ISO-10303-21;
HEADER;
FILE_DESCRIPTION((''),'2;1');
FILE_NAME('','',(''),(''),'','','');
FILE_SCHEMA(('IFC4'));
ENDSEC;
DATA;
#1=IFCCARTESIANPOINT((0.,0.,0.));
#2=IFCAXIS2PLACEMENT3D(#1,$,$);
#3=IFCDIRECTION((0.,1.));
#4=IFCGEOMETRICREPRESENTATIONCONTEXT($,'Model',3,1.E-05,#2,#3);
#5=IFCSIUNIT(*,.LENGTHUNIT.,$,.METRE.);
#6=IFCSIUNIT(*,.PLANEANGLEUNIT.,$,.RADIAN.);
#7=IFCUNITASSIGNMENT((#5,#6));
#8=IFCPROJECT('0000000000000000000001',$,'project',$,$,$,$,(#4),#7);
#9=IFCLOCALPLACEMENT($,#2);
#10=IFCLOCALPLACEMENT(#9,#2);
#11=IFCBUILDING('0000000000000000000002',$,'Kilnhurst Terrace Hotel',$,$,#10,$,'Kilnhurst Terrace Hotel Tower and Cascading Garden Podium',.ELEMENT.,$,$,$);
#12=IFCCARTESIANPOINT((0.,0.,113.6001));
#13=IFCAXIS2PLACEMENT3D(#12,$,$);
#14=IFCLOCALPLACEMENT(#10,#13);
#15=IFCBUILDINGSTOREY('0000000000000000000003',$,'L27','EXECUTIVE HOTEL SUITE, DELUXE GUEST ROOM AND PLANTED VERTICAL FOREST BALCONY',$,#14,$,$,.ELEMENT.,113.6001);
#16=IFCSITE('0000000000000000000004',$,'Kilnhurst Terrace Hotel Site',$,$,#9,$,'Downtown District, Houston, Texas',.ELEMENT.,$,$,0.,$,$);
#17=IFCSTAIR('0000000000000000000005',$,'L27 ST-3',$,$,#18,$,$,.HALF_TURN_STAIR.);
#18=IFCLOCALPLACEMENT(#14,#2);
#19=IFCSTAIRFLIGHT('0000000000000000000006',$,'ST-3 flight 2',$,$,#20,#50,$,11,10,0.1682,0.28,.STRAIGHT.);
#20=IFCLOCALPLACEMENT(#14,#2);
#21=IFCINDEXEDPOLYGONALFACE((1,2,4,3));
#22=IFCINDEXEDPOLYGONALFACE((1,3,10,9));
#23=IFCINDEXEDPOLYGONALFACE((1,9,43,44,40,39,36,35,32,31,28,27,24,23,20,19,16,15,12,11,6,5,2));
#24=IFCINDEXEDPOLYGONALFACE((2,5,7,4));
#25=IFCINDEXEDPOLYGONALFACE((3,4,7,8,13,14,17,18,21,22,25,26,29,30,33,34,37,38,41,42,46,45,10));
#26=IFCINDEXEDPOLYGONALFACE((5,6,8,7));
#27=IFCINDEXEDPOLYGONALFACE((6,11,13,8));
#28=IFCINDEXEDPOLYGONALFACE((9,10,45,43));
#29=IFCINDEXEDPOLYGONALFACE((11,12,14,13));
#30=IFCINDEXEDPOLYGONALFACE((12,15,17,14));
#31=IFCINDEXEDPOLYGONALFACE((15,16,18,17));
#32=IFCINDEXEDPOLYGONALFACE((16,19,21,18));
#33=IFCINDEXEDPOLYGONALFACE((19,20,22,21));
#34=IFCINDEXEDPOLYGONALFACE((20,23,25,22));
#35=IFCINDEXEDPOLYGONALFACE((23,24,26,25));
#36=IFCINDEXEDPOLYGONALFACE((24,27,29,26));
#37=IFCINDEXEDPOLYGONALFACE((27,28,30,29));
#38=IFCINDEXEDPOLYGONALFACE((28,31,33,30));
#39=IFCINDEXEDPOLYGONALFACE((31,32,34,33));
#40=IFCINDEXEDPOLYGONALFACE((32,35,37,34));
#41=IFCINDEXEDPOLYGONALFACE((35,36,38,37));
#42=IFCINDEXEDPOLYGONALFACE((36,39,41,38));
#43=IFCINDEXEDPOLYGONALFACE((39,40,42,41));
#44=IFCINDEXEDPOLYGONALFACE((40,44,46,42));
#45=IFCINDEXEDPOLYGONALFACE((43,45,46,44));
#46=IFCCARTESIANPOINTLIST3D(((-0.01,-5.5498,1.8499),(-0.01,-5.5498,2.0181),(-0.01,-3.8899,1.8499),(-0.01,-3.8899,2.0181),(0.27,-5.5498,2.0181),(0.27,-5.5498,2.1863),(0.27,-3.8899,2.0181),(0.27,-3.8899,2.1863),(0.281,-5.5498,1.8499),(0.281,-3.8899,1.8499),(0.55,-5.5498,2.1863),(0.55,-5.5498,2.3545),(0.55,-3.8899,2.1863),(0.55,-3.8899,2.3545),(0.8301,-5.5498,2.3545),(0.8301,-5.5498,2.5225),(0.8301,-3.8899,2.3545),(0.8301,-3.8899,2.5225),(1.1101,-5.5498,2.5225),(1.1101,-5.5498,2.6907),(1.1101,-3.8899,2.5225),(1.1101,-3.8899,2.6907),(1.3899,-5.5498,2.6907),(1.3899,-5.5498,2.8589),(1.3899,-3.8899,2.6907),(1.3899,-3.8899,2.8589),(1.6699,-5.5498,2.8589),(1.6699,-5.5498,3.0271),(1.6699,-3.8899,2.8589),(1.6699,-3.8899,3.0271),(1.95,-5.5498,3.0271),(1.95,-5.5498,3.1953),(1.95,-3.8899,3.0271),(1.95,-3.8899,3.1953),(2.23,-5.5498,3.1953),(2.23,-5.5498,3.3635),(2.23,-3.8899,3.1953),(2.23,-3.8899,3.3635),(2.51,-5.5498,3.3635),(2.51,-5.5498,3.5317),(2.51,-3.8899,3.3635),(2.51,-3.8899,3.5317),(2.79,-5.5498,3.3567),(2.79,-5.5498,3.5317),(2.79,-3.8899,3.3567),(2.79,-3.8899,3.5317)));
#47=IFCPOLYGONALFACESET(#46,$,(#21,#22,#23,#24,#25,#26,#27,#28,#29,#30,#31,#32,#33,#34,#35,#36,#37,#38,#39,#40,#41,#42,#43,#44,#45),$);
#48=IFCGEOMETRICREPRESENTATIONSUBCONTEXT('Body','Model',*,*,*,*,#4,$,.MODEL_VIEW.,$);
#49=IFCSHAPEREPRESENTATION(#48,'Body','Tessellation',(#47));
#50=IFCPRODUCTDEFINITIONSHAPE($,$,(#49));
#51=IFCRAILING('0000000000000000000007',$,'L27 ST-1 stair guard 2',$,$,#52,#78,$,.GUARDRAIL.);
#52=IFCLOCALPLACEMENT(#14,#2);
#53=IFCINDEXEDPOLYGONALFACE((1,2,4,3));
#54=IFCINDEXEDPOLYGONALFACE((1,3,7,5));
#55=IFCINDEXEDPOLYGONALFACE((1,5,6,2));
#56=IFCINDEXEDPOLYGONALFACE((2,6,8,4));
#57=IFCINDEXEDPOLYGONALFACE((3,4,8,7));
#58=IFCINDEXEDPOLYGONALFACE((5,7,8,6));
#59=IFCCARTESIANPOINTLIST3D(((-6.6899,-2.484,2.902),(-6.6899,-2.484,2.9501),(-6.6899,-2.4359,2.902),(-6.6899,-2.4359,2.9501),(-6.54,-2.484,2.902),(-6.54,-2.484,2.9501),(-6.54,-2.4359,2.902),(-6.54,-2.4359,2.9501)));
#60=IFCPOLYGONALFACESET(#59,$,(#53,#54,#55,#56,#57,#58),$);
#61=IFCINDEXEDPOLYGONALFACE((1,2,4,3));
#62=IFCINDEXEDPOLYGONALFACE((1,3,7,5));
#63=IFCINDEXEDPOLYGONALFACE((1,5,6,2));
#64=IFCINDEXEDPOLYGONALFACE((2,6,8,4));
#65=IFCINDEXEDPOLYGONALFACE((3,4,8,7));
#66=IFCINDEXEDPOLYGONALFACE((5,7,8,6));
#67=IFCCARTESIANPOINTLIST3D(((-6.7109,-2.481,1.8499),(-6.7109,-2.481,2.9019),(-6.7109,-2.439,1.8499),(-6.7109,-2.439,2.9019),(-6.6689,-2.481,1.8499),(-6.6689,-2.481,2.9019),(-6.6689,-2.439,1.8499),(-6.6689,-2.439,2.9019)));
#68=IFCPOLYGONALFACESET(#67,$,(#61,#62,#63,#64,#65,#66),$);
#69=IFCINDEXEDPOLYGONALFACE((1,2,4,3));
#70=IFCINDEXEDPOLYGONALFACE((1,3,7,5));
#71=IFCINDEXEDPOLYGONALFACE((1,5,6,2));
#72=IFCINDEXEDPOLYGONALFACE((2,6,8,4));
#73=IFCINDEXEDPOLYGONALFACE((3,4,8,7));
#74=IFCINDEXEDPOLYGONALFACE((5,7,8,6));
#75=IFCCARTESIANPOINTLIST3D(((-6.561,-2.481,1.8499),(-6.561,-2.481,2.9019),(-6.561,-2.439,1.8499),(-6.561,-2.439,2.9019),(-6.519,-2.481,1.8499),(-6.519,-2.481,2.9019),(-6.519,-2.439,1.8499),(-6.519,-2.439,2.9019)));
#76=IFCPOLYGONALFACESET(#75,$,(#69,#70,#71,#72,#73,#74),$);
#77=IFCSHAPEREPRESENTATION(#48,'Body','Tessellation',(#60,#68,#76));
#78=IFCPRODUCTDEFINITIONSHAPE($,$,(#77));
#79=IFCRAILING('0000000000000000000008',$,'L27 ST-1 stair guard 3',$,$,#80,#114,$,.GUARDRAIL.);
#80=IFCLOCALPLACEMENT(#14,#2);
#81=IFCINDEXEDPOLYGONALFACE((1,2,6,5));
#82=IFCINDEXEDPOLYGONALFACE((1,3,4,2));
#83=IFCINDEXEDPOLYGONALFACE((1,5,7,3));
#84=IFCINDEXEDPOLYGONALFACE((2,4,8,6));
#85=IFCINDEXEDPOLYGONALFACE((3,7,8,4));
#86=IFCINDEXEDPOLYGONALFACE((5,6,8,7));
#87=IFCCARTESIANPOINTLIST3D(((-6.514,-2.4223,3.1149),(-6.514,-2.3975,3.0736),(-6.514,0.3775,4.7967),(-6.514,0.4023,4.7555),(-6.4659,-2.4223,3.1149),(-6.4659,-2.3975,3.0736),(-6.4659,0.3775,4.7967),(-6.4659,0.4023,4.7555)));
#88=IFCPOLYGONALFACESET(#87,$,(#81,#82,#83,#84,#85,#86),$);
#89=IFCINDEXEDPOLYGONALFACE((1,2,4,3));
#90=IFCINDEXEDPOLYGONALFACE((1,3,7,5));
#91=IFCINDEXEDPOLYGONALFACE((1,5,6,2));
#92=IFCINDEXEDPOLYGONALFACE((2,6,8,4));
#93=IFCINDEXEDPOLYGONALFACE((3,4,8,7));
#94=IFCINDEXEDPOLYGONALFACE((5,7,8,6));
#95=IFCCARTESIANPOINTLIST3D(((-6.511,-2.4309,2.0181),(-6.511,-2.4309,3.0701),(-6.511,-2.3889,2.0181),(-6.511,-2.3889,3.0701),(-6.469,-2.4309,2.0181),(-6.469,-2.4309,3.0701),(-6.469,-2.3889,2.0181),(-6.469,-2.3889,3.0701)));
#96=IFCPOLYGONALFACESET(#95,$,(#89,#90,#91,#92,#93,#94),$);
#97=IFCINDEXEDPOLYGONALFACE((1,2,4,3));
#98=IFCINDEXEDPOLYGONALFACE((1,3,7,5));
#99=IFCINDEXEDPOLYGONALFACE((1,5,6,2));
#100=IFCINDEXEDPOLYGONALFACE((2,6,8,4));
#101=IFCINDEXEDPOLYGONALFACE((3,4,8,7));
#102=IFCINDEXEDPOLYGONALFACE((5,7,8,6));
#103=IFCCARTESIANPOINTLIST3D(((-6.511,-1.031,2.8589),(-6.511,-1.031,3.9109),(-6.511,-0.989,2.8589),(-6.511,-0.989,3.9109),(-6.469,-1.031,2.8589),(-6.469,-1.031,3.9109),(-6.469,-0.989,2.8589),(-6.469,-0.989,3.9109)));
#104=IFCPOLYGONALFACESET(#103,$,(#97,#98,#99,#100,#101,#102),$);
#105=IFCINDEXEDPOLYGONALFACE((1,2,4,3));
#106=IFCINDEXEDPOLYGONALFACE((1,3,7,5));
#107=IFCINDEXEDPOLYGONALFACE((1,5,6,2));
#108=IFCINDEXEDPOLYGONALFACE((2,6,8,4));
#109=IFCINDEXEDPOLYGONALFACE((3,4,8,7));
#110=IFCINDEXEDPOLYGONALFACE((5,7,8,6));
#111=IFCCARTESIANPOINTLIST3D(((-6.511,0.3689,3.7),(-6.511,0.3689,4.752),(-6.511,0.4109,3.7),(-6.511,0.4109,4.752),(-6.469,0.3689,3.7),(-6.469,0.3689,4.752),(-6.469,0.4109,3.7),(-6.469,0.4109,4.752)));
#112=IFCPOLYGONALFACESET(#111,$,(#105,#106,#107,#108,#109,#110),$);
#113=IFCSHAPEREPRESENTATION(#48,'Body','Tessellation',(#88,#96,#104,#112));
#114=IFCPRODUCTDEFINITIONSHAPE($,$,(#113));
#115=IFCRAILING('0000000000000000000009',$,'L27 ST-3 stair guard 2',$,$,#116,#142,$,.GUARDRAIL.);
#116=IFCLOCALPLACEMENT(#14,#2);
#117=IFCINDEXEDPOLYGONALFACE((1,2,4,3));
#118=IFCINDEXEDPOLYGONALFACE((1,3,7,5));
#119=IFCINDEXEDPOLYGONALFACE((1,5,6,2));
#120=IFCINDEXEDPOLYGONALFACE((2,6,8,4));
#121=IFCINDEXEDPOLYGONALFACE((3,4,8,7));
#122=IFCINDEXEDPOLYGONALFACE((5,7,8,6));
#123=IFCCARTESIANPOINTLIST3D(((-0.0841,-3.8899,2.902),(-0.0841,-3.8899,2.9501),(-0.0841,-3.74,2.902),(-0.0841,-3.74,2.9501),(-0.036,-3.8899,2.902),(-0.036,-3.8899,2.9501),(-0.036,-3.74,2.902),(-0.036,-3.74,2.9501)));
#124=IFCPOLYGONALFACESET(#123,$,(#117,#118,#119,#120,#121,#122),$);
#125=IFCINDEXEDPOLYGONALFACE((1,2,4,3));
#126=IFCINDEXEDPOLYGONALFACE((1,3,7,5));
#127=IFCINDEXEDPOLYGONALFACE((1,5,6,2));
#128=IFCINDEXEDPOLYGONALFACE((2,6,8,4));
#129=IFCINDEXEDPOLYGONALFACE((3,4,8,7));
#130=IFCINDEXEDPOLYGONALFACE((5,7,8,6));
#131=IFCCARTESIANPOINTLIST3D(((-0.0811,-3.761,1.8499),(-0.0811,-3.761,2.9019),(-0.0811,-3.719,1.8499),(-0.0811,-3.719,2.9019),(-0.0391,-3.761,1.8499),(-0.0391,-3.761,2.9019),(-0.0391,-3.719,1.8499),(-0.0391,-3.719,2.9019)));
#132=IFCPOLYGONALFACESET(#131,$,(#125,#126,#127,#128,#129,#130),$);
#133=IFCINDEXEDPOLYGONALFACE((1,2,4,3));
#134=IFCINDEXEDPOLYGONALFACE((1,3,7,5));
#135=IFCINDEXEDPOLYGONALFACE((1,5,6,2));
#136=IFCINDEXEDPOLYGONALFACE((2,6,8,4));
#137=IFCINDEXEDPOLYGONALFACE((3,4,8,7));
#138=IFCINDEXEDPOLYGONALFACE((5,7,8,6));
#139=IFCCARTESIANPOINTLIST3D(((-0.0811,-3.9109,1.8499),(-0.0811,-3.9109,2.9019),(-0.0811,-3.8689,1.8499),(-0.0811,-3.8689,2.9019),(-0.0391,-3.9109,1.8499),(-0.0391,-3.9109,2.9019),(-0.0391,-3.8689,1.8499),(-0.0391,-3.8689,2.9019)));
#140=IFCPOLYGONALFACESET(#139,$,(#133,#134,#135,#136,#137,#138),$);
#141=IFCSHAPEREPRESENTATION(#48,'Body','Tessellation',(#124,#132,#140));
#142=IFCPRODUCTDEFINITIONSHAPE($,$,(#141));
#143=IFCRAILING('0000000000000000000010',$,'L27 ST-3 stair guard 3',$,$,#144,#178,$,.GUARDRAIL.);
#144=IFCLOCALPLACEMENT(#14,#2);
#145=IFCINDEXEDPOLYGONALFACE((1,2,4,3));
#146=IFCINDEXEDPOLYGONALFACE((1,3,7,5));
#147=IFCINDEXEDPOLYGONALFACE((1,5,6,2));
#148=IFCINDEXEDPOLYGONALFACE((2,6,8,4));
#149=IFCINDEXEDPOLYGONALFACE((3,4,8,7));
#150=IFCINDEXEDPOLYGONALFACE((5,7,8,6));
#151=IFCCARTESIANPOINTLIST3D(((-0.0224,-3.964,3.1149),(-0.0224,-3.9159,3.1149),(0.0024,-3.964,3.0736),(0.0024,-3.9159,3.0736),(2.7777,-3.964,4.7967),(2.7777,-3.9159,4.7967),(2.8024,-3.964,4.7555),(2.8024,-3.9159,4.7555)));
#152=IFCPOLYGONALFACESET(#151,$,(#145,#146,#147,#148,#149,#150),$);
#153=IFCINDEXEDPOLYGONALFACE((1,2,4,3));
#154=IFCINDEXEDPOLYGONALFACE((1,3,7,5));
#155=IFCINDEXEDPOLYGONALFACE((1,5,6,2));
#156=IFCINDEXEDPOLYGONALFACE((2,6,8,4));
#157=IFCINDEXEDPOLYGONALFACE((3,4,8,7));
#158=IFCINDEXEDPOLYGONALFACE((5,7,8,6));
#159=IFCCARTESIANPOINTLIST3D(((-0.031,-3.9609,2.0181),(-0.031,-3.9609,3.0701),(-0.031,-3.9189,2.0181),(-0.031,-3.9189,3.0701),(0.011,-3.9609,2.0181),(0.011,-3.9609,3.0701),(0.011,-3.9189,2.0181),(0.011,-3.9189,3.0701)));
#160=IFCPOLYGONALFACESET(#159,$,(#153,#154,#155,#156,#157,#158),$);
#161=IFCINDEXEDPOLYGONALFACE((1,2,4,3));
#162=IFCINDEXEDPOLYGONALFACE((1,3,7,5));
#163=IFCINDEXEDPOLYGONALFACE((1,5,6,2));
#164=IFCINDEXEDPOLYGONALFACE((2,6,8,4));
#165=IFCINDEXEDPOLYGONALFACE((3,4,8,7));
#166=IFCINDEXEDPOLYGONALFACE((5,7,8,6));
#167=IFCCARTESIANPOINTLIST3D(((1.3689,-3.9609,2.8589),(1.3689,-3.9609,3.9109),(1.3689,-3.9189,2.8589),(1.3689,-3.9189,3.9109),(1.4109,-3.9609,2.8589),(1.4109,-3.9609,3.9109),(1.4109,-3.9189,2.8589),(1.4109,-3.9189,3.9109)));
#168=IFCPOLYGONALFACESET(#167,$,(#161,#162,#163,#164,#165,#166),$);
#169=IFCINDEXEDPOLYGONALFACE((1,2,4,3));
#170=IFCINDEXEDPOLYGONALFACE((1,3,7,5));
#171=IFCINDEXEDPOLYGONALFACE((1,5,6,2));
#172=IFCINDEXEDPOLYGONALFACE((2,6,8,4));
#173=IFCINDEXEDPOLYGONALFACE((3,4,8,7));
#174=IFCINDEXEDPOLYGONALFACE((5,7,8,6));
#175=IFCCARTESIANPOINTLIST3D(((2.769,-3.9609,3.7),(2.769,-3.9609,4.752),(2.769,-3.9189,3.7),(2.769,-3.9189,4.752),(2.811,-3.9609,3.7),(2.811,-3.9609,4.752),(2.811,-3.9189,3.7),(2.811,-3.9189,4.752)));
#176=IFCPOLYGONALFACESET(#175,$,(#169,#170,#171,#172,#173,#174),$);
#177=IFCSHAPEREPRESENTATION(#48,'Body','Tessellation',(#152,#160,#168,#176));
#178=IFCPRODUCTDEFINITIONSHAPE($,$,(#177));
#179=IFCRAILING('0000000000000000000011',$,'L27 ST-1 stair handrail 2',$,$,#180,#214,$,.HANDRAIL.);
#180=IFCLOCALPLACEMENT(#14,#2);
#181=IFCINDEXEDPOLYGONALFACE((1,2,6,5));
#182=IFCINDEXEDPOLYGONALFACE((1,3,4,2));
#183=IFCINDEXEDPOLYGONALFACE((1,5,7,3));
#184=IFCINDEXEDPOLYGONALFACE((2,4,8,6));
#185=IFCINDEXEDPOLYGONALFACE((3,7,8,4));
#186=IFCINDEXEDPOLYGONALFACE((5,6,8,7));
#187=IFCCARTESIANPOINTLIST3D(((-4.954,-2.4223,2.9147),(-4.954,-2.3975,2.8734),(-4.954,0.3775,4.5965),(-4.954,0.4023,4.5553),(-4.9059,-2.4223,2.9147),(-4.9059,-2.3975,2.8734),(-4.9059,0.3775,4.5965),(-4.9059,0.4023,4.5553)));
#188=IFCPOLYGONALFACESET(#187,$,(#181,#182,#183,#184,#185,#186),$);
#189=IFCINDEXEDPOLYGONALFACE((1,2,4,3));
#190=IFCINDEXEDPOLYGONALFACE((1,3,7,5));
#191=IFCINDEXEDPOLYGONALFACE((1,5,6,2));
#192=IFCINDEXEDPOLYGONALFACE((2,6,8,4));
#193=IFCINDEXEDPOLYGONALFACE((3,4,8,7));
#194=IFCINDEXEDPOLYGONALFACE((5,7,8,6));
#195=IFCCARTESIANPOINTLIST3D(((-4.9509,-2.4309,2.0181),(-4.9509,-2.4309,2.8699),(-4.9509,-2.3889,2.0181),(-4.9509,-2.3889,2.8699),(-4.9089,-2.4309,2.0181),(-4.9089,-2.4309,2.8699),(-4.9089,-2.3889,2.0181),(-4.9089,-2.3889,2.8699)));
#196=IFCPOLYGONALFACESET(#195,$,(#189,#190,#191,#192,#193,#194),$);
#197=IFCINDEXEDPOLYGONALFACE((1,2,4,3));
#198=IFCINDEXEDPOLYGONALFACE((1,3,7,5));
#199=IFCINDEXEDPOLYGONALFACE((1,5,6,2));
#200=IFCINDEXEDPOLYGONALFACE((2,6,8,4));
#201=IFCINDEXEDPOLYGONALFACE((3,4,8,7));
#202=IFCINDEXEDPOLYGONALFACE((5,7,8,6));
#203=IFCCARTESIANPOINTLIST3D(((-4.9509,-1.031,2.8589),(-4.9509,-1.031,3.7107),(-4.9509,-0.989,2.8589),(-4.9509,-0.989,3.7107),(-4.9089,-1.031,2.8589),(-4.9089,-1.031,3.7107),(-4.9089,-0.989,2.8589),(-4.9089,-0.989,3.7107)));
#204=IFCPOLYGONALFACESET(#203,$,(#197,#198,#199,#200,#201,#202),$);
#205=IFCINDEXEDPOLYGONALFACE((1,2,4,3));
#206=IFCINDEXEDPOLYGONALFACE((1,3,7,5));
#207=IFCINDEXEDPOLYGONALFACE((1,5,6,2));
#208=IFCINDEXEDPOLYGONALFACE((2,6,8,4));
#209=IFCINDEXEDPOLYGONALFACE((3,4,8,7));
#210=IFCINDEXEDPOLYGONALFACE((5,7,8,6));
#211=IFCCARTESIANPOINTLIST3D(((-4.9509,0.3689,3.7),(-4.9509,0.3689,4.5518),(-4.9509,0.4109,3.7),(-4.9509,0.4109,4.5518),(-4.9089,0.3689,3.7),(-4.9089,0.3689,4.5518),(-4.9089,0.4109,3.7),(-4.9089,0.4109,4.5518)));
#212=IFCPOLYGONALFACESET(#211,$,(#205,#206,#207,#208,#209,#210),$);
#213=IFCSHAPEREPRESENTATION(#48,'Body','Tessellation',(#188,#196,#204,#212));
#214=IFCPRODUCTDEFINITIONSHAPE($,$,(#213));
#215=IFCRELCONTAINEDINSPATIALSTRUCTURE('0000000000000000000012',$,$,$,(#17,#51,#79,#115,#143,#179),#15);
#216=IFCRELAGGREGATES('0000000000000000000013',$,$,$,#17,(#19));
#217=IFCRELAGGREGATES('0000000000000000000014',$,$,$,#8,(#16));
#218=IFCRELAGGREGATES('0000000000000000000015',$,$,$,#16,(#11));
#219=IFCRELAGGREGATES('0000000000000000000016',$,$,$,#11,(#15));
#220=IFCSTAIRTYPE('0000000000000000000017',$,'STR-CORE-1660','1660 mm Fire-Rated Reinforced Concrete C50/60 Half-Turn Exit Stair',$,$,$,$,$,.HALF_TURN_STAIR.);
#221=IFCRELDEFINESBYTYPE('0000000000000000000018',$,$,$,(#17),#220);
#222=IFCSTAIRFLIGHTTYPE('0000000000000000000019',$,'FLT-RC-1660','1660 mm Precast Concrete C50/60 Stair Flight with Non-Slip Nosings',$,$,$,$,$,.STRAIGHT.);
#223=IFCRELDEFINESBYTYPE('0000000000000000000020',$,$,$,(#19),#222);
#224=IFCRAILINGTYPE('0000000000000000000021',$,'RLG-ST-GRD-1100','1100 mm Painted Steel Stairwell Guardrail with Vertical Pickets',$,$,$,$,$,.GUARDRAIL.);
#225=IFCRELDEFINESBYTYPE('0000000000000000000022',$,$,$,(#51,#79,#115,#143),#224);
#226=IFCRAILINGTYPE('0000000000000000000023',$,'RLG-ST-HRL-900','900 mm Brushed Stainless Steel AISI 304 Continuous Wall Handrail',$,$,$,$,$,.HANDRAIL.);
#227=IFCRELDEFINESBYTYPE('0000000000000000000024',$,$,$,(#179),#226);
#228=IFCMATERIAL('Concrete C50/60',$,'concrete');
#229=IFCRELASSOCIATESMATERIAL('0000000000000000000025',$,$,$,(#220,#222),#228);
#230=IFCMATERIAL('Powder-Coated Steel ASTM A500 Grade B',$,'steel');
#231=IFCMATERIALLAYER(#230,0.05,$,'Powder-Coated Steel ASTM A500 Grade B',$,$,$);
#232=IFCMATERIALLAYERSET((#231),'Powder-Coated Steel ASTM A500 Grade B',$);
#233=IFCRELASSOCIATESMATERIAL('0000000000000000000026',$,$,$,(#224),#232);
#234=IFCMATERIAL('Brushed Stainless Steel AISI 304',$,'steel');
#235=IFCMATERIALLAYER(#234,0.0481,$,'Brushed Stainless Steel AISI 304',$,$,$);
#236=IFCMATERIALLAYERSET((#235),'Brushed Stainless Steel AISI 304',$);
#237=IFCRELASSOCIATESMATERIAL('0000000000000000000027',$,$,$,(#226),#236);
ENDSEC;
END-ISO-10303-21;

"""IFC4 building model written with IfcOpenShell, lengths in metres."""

from ifc_helpers import new_model, si_unit, direction, frame, origin, origin_2d, place, context, subcontext, project, spatial, polyline, rectangle, outline, extrude, material, layer, layer_set, type_object, element, aggregate, save


model = new_model("IFC4")

# Units and contexts
model_context = context("Model", 3, precision=1e-05, world=origin(), true_north=direction((0.0, 1.0)))
body_context = subcontext(model_context, "Body", "Model", "MODEL_VIEW")
ifc_project = project(units=[si_unit("LENGTHUNIT", "METRE"), si_unit("PLANEANGLEUNIT", "RADIAN")], contexts=[model_context])

# Site, building, storey
site_placement = place(None, origin())
site = spatial("IfcSite", under=ifc_project, at=site_placement, Name="Kilnhurst Terrace Hotel Site", LongName="Downtown District, Houston, Texas", CompositionType="ELEMENT", RefElevation=0.0)
building_placement = place(site_placement, origin())
building = spatial("IfcBuilding", under=site, at=building_placement, Name="Kilnhurst Terrace Hotel", LongName="Kilnhurst Terrace Hotel Tower and Cascading Garden Podium", CompositionType="ELEMENT")
storey_placement = place(building_placement, frame((0.0, 0.0, 113.6001)))
storey = spatial("IfcBuildingStorey", under=building, at=storey_placement, Name="L27", Description="EXECUTIVE HOTEL SUITE, DELUXE GUEST ROOM AND PLANTED VERTICAL FOREST BALCONY", CompositionType="ELEMENT", Elevation=113.6001)

# Shared definitions
ifc_material_1 = material(Name="Concrete C50/60", Category="concrete")

# Stair, stair flight
stair_type = type_object("IfcStairType", Name="STR-CORE-1660", Description="1660 mm Fire-Rated Reinforced Concrete C50/60 Half-Turn Exit Stair", PredefinedType="HALF_TURN_STAIR", material=ifc_material_1)
stair_flight_type = type_object("IfcStairFlightType", Name="FLT-RC-1660", Description="1660 mm Precast Concrete C50/60 Stair Flight with Non-Slip Nosings", PredefinedType="STRAIGHT", material=ifc_material_1)
stair_1_placement = place(storey_placement, origin())
stair_1 = element("IfcStair", 1, at=stair_1_placement, inside=storey, type_object=stair_type, Name="L27 ST-3", PredefinedType="HALF_TURN_STAIR")
stair_flight_1_placement = place(storey_placement, frame((-0.01, -4.72, 1.8499), z_axis=(0.0, 0.0, 1.0), x_axis=(1.0, 0.0, 0.0)))
stair_flight_1 = element("IfcStairFlight", 2, at=stair_flight_1_placement, type_object=stair_flight_type, Name="ST-3 flight 2", NumberOfRisers=11, NumberOfTreads=10, PredefinedType="STRAIGHT", RiserHeight=0.1682, TreadLength=0.28, context=body_context, shape_type="SweptSolid", body=[
    extrude(outline(polyline([(0.0, 0.0), (0.0, 0.1682), (0.28, 0.1682), (0.28, 0.3364), (0.5601, 0.3364), (0.5601, 0.5046), (0.8401, 0.5046), (0.8401, 0.6726), (1.1201, 0.6726), (1.1201, 0.8408), (1.3999, 0.8408), (1.3999, 1.009), (1.6799, 1.009), (1.6799, 1.1772), (1.96, 1.1772), (1.96, 1.3455), (2.24, 1.3455), (2.24, 1.5137), (2.52, 1.5137), (2.52, 1.6819), (2.8, 1.6819), (2.8, 1.8501), (2.8, 1.5068), (0.291, 0.0), (0.0, 0.0)])), frame((0.0, 0.8301, 0.0), z_axis=(0.0, -1.0, 0.0), x_axis=(1.0, 0.0, 0.0)), (0.0, 0.0, 1.0), 1.6599),
])
aggregate(stair_1, [stair_flight_1])

# Railings
ifc_material_2 = material(Name="Powder-Coated Steel ASTM A500 Grade B", Category="steel")
ifc_layer_1 = layer(ifc_material_2, 0.05, Name="Powder-Coated Steel ASTM A500 Grade B")
ifc_layer_set_1 = layer_set([ifc_layer_1], Name="Powder-Coated Steel ASTM A500 Grade B")
railing_type_1 = type_object("IfcRailingType", Name="RLG-ST-GRD-1100", Description="1100 mm Painted Steel Stairwell Guardrail with Vertical Pickets", PredefinedType="GUARDRAIL", material=ifc_layer_set_1)
railing_1_placement = place(storey_placement, frame((-6.6899, -2.46, 1.8499)))
element("IfcRailing", 3, at=railing_1_placement, inside=storey, type_object=railing_type_1, Name="L27 ST-1 stair guard 2", PredefinedType="GUARDRAIL", context=body_context, shape_type="SweptSolid", body=[
    extrude(rectangle(XDim=0.0481, YDim=0.0481, at=origin_2d()), frame((0.0, 0.0, 1.0762), z_axis=(1.0, 0.0, 0.0), x_axis=(0.0, 1.0, 0.0)), (0.0, 0.0, 1.0), 0.1499),
    extrude(rectangle(XDim=0.042, YDim=0.042, at=origin_2d()), origin(), (0.0, 0.0, 1.0), 1.052),
    extrude(rectangle(XDim=0.042, YDim=0.042, at=origin_2d()), frame((0.1499, 0.0, 0.0)), (0.0, 0.0, 1.0), 1.052),
])
railing_2_placement = place(storey_placement, frame((-6.49, -2.4099, 2.0181)))
element("IfcRailing", 4, at=railing_2_placement, inside=storey, type_object=railing_type_1, Name="L27 ST-1 stair guard 3", PredefinedType="GUARDRAIL", context=body_context, shape_type="SweptSolid", body=[
    extrude(rectangle(XDim=0.0481, YDim=0.0481, at=origin_2d()), frame((0.0, 0.0, 1.0762), z_axis=(0.0, 0.857222, 0.514946), x_axis=(-1.0, 0.0, 0.0)), (0.0, 0.0, 1.0), 3.2661),
    extrude(rectangle(XDim=0.042, YDim=0.042, at=origin_2d()), origin(), (0.0, 0.0, 1.0), 1.052),
    extrude(rectangle(XDim=0.042, YDim=0.042, at=origin_2d()), frame((0.0, 1.3999, 0.8408)), (0.0, 0.0, 1.0), 1.052),
    extrude(rectangle(XDim=0.042, YDim=0.042, at=origin_2d()), frame((0.0, 2.7998, 1.6819)), (0.0, 0.0, 1.0), 1.052),
])
railing_3_placement = place(storey_placement, frame((-0.0601, -3.74, 1.8499)))
element("IfcRailing", 5, at=railing_3_placement, inside=storey, type_object=railing_type_1, Name="L27 ST-3 stair guard 2", PredefinedType="GUARDRAIL", context=body_context, shape_type="SweptSolid", body=[
    extrude(rectangle(XDim=0.0481, YDim=0.0481, at=origin_2d()), frame((0.0, 0.0, 1.0762), z_axis=(0.0, -1.0, 0.0), x_axis=(1.0, 0.0, 0.0)), (0.0, 0.0, 1.0), 0.1499),
    extrude(rectangle(XDim=0.042, YDim=0.042, at=origin_2d()), origin(), (0.0, 0.0, 1.0), 1.052),
    extrude(rectangle(XDim=0.042, YDim=0.042, at=origin_2d()), frame((0.0, -0.1499, 0.0)), (0.0, 0.0, 1.0), 1.052),
])
railing_4_placement = place(storey_placement, frame((-0.01, -3.9399, 2.0181)))
element("IfcRailing", 6, at=railing_4_placement, inside=storey, type_object=railing_type_1, Name="L27 ST-3 stair guard 3", PredefinedType="GUARDRAIL", context=body_context, shape_type="SweptSolid", body=[
    extrude(rectangle(XDim=0.0481, YDim=0.0481, at=origin_2d()), frame((0.0, 0.0, 1.0762), z_axis=(0.857242, 0.0, 0.514913), x_axis=(0.0, 1.0, 0.0)), (0.0, 0.0, 1.0), 3.2664),
    extrude(rectangle(XDim=0.042, YDim=0.042, at=origin_2d()), origin(), (0.0, 0.0, 1.0), 1.052),
    extrude(rectangle(XDim=0.042, YDim=0.042, at=origin_2d()), frame((1.3999, 0.0, 0.8408)), (0.0, 0.0, 1.0), 1.052),
    extrude(rectangle(XDim=0.042, YDim=0.042, at=origin_2d()), frame((2.8, 0.0, 1.6819)), (0.0, 0.0, 1.0), 1.052),
])
ifc_material_3 = material(Name="Brushed Stainless Steel AISI 304", Category="steel")
ifc_layer_2 = layer(ifc_material_3, 0.0481, Name="Brushed Stainless Steel AISI 304")
ifc_layer_set_2 = layer_set([ifc_layer_2], Name="Brushed Stainless Steel AISI 304")
railing_type_2 = type_object("IfcRailingType", Name="RLG-ST-HRL-900", Description="900 mm Brushed Stainless Steel AISI 304 Continuous Wall Handrail", PredefinedType="HANDRAIL", material=ifc_layer_set_2)
railing_5_placement = place(storey_placement, frame((-4.9299, -2.4099, 2.0181)))
element("IfcRailing", 7, at=railing_5_placement, inside=storey, type_object=railing_type_2, Name="L27 ST-1 stair handrail 2", PredefinedType="HANDRAIL", context=body_context, shape_type="SweptSolid", body=[
    extrude(rectangle(XDim=0.0481, YDim=0.0481, at=origin_2d()), frame((0.0, 0.0, 0.876), z_axis=(0.0, 0.857222, 0.514946), x_axis=(-1.0, 0.0, 0.0)), (0.0, 0.0, 1.0), 3.2661),
    extrude(rectangle(XDim=0.042, YDim=0.042, at=origin_2d()), origin(), (0.0, 0.0, 1.0), 0.8518),
    extrude(rectangle(XDim=0.042, YDim=0.042, at=origin_2d()), frame((0.0, 1.3999, 0.8408)), (0.0, 0.0, 1.0), 0.8518),
    extrude(rectangle(XDim=0.042, YDim=0.042, at=origin_2d()), frame((0.0, 2.7998, 1.6819)), (0.0, 0.0, 1.0), 0.8518),
])

save(model, "model.ifc")
